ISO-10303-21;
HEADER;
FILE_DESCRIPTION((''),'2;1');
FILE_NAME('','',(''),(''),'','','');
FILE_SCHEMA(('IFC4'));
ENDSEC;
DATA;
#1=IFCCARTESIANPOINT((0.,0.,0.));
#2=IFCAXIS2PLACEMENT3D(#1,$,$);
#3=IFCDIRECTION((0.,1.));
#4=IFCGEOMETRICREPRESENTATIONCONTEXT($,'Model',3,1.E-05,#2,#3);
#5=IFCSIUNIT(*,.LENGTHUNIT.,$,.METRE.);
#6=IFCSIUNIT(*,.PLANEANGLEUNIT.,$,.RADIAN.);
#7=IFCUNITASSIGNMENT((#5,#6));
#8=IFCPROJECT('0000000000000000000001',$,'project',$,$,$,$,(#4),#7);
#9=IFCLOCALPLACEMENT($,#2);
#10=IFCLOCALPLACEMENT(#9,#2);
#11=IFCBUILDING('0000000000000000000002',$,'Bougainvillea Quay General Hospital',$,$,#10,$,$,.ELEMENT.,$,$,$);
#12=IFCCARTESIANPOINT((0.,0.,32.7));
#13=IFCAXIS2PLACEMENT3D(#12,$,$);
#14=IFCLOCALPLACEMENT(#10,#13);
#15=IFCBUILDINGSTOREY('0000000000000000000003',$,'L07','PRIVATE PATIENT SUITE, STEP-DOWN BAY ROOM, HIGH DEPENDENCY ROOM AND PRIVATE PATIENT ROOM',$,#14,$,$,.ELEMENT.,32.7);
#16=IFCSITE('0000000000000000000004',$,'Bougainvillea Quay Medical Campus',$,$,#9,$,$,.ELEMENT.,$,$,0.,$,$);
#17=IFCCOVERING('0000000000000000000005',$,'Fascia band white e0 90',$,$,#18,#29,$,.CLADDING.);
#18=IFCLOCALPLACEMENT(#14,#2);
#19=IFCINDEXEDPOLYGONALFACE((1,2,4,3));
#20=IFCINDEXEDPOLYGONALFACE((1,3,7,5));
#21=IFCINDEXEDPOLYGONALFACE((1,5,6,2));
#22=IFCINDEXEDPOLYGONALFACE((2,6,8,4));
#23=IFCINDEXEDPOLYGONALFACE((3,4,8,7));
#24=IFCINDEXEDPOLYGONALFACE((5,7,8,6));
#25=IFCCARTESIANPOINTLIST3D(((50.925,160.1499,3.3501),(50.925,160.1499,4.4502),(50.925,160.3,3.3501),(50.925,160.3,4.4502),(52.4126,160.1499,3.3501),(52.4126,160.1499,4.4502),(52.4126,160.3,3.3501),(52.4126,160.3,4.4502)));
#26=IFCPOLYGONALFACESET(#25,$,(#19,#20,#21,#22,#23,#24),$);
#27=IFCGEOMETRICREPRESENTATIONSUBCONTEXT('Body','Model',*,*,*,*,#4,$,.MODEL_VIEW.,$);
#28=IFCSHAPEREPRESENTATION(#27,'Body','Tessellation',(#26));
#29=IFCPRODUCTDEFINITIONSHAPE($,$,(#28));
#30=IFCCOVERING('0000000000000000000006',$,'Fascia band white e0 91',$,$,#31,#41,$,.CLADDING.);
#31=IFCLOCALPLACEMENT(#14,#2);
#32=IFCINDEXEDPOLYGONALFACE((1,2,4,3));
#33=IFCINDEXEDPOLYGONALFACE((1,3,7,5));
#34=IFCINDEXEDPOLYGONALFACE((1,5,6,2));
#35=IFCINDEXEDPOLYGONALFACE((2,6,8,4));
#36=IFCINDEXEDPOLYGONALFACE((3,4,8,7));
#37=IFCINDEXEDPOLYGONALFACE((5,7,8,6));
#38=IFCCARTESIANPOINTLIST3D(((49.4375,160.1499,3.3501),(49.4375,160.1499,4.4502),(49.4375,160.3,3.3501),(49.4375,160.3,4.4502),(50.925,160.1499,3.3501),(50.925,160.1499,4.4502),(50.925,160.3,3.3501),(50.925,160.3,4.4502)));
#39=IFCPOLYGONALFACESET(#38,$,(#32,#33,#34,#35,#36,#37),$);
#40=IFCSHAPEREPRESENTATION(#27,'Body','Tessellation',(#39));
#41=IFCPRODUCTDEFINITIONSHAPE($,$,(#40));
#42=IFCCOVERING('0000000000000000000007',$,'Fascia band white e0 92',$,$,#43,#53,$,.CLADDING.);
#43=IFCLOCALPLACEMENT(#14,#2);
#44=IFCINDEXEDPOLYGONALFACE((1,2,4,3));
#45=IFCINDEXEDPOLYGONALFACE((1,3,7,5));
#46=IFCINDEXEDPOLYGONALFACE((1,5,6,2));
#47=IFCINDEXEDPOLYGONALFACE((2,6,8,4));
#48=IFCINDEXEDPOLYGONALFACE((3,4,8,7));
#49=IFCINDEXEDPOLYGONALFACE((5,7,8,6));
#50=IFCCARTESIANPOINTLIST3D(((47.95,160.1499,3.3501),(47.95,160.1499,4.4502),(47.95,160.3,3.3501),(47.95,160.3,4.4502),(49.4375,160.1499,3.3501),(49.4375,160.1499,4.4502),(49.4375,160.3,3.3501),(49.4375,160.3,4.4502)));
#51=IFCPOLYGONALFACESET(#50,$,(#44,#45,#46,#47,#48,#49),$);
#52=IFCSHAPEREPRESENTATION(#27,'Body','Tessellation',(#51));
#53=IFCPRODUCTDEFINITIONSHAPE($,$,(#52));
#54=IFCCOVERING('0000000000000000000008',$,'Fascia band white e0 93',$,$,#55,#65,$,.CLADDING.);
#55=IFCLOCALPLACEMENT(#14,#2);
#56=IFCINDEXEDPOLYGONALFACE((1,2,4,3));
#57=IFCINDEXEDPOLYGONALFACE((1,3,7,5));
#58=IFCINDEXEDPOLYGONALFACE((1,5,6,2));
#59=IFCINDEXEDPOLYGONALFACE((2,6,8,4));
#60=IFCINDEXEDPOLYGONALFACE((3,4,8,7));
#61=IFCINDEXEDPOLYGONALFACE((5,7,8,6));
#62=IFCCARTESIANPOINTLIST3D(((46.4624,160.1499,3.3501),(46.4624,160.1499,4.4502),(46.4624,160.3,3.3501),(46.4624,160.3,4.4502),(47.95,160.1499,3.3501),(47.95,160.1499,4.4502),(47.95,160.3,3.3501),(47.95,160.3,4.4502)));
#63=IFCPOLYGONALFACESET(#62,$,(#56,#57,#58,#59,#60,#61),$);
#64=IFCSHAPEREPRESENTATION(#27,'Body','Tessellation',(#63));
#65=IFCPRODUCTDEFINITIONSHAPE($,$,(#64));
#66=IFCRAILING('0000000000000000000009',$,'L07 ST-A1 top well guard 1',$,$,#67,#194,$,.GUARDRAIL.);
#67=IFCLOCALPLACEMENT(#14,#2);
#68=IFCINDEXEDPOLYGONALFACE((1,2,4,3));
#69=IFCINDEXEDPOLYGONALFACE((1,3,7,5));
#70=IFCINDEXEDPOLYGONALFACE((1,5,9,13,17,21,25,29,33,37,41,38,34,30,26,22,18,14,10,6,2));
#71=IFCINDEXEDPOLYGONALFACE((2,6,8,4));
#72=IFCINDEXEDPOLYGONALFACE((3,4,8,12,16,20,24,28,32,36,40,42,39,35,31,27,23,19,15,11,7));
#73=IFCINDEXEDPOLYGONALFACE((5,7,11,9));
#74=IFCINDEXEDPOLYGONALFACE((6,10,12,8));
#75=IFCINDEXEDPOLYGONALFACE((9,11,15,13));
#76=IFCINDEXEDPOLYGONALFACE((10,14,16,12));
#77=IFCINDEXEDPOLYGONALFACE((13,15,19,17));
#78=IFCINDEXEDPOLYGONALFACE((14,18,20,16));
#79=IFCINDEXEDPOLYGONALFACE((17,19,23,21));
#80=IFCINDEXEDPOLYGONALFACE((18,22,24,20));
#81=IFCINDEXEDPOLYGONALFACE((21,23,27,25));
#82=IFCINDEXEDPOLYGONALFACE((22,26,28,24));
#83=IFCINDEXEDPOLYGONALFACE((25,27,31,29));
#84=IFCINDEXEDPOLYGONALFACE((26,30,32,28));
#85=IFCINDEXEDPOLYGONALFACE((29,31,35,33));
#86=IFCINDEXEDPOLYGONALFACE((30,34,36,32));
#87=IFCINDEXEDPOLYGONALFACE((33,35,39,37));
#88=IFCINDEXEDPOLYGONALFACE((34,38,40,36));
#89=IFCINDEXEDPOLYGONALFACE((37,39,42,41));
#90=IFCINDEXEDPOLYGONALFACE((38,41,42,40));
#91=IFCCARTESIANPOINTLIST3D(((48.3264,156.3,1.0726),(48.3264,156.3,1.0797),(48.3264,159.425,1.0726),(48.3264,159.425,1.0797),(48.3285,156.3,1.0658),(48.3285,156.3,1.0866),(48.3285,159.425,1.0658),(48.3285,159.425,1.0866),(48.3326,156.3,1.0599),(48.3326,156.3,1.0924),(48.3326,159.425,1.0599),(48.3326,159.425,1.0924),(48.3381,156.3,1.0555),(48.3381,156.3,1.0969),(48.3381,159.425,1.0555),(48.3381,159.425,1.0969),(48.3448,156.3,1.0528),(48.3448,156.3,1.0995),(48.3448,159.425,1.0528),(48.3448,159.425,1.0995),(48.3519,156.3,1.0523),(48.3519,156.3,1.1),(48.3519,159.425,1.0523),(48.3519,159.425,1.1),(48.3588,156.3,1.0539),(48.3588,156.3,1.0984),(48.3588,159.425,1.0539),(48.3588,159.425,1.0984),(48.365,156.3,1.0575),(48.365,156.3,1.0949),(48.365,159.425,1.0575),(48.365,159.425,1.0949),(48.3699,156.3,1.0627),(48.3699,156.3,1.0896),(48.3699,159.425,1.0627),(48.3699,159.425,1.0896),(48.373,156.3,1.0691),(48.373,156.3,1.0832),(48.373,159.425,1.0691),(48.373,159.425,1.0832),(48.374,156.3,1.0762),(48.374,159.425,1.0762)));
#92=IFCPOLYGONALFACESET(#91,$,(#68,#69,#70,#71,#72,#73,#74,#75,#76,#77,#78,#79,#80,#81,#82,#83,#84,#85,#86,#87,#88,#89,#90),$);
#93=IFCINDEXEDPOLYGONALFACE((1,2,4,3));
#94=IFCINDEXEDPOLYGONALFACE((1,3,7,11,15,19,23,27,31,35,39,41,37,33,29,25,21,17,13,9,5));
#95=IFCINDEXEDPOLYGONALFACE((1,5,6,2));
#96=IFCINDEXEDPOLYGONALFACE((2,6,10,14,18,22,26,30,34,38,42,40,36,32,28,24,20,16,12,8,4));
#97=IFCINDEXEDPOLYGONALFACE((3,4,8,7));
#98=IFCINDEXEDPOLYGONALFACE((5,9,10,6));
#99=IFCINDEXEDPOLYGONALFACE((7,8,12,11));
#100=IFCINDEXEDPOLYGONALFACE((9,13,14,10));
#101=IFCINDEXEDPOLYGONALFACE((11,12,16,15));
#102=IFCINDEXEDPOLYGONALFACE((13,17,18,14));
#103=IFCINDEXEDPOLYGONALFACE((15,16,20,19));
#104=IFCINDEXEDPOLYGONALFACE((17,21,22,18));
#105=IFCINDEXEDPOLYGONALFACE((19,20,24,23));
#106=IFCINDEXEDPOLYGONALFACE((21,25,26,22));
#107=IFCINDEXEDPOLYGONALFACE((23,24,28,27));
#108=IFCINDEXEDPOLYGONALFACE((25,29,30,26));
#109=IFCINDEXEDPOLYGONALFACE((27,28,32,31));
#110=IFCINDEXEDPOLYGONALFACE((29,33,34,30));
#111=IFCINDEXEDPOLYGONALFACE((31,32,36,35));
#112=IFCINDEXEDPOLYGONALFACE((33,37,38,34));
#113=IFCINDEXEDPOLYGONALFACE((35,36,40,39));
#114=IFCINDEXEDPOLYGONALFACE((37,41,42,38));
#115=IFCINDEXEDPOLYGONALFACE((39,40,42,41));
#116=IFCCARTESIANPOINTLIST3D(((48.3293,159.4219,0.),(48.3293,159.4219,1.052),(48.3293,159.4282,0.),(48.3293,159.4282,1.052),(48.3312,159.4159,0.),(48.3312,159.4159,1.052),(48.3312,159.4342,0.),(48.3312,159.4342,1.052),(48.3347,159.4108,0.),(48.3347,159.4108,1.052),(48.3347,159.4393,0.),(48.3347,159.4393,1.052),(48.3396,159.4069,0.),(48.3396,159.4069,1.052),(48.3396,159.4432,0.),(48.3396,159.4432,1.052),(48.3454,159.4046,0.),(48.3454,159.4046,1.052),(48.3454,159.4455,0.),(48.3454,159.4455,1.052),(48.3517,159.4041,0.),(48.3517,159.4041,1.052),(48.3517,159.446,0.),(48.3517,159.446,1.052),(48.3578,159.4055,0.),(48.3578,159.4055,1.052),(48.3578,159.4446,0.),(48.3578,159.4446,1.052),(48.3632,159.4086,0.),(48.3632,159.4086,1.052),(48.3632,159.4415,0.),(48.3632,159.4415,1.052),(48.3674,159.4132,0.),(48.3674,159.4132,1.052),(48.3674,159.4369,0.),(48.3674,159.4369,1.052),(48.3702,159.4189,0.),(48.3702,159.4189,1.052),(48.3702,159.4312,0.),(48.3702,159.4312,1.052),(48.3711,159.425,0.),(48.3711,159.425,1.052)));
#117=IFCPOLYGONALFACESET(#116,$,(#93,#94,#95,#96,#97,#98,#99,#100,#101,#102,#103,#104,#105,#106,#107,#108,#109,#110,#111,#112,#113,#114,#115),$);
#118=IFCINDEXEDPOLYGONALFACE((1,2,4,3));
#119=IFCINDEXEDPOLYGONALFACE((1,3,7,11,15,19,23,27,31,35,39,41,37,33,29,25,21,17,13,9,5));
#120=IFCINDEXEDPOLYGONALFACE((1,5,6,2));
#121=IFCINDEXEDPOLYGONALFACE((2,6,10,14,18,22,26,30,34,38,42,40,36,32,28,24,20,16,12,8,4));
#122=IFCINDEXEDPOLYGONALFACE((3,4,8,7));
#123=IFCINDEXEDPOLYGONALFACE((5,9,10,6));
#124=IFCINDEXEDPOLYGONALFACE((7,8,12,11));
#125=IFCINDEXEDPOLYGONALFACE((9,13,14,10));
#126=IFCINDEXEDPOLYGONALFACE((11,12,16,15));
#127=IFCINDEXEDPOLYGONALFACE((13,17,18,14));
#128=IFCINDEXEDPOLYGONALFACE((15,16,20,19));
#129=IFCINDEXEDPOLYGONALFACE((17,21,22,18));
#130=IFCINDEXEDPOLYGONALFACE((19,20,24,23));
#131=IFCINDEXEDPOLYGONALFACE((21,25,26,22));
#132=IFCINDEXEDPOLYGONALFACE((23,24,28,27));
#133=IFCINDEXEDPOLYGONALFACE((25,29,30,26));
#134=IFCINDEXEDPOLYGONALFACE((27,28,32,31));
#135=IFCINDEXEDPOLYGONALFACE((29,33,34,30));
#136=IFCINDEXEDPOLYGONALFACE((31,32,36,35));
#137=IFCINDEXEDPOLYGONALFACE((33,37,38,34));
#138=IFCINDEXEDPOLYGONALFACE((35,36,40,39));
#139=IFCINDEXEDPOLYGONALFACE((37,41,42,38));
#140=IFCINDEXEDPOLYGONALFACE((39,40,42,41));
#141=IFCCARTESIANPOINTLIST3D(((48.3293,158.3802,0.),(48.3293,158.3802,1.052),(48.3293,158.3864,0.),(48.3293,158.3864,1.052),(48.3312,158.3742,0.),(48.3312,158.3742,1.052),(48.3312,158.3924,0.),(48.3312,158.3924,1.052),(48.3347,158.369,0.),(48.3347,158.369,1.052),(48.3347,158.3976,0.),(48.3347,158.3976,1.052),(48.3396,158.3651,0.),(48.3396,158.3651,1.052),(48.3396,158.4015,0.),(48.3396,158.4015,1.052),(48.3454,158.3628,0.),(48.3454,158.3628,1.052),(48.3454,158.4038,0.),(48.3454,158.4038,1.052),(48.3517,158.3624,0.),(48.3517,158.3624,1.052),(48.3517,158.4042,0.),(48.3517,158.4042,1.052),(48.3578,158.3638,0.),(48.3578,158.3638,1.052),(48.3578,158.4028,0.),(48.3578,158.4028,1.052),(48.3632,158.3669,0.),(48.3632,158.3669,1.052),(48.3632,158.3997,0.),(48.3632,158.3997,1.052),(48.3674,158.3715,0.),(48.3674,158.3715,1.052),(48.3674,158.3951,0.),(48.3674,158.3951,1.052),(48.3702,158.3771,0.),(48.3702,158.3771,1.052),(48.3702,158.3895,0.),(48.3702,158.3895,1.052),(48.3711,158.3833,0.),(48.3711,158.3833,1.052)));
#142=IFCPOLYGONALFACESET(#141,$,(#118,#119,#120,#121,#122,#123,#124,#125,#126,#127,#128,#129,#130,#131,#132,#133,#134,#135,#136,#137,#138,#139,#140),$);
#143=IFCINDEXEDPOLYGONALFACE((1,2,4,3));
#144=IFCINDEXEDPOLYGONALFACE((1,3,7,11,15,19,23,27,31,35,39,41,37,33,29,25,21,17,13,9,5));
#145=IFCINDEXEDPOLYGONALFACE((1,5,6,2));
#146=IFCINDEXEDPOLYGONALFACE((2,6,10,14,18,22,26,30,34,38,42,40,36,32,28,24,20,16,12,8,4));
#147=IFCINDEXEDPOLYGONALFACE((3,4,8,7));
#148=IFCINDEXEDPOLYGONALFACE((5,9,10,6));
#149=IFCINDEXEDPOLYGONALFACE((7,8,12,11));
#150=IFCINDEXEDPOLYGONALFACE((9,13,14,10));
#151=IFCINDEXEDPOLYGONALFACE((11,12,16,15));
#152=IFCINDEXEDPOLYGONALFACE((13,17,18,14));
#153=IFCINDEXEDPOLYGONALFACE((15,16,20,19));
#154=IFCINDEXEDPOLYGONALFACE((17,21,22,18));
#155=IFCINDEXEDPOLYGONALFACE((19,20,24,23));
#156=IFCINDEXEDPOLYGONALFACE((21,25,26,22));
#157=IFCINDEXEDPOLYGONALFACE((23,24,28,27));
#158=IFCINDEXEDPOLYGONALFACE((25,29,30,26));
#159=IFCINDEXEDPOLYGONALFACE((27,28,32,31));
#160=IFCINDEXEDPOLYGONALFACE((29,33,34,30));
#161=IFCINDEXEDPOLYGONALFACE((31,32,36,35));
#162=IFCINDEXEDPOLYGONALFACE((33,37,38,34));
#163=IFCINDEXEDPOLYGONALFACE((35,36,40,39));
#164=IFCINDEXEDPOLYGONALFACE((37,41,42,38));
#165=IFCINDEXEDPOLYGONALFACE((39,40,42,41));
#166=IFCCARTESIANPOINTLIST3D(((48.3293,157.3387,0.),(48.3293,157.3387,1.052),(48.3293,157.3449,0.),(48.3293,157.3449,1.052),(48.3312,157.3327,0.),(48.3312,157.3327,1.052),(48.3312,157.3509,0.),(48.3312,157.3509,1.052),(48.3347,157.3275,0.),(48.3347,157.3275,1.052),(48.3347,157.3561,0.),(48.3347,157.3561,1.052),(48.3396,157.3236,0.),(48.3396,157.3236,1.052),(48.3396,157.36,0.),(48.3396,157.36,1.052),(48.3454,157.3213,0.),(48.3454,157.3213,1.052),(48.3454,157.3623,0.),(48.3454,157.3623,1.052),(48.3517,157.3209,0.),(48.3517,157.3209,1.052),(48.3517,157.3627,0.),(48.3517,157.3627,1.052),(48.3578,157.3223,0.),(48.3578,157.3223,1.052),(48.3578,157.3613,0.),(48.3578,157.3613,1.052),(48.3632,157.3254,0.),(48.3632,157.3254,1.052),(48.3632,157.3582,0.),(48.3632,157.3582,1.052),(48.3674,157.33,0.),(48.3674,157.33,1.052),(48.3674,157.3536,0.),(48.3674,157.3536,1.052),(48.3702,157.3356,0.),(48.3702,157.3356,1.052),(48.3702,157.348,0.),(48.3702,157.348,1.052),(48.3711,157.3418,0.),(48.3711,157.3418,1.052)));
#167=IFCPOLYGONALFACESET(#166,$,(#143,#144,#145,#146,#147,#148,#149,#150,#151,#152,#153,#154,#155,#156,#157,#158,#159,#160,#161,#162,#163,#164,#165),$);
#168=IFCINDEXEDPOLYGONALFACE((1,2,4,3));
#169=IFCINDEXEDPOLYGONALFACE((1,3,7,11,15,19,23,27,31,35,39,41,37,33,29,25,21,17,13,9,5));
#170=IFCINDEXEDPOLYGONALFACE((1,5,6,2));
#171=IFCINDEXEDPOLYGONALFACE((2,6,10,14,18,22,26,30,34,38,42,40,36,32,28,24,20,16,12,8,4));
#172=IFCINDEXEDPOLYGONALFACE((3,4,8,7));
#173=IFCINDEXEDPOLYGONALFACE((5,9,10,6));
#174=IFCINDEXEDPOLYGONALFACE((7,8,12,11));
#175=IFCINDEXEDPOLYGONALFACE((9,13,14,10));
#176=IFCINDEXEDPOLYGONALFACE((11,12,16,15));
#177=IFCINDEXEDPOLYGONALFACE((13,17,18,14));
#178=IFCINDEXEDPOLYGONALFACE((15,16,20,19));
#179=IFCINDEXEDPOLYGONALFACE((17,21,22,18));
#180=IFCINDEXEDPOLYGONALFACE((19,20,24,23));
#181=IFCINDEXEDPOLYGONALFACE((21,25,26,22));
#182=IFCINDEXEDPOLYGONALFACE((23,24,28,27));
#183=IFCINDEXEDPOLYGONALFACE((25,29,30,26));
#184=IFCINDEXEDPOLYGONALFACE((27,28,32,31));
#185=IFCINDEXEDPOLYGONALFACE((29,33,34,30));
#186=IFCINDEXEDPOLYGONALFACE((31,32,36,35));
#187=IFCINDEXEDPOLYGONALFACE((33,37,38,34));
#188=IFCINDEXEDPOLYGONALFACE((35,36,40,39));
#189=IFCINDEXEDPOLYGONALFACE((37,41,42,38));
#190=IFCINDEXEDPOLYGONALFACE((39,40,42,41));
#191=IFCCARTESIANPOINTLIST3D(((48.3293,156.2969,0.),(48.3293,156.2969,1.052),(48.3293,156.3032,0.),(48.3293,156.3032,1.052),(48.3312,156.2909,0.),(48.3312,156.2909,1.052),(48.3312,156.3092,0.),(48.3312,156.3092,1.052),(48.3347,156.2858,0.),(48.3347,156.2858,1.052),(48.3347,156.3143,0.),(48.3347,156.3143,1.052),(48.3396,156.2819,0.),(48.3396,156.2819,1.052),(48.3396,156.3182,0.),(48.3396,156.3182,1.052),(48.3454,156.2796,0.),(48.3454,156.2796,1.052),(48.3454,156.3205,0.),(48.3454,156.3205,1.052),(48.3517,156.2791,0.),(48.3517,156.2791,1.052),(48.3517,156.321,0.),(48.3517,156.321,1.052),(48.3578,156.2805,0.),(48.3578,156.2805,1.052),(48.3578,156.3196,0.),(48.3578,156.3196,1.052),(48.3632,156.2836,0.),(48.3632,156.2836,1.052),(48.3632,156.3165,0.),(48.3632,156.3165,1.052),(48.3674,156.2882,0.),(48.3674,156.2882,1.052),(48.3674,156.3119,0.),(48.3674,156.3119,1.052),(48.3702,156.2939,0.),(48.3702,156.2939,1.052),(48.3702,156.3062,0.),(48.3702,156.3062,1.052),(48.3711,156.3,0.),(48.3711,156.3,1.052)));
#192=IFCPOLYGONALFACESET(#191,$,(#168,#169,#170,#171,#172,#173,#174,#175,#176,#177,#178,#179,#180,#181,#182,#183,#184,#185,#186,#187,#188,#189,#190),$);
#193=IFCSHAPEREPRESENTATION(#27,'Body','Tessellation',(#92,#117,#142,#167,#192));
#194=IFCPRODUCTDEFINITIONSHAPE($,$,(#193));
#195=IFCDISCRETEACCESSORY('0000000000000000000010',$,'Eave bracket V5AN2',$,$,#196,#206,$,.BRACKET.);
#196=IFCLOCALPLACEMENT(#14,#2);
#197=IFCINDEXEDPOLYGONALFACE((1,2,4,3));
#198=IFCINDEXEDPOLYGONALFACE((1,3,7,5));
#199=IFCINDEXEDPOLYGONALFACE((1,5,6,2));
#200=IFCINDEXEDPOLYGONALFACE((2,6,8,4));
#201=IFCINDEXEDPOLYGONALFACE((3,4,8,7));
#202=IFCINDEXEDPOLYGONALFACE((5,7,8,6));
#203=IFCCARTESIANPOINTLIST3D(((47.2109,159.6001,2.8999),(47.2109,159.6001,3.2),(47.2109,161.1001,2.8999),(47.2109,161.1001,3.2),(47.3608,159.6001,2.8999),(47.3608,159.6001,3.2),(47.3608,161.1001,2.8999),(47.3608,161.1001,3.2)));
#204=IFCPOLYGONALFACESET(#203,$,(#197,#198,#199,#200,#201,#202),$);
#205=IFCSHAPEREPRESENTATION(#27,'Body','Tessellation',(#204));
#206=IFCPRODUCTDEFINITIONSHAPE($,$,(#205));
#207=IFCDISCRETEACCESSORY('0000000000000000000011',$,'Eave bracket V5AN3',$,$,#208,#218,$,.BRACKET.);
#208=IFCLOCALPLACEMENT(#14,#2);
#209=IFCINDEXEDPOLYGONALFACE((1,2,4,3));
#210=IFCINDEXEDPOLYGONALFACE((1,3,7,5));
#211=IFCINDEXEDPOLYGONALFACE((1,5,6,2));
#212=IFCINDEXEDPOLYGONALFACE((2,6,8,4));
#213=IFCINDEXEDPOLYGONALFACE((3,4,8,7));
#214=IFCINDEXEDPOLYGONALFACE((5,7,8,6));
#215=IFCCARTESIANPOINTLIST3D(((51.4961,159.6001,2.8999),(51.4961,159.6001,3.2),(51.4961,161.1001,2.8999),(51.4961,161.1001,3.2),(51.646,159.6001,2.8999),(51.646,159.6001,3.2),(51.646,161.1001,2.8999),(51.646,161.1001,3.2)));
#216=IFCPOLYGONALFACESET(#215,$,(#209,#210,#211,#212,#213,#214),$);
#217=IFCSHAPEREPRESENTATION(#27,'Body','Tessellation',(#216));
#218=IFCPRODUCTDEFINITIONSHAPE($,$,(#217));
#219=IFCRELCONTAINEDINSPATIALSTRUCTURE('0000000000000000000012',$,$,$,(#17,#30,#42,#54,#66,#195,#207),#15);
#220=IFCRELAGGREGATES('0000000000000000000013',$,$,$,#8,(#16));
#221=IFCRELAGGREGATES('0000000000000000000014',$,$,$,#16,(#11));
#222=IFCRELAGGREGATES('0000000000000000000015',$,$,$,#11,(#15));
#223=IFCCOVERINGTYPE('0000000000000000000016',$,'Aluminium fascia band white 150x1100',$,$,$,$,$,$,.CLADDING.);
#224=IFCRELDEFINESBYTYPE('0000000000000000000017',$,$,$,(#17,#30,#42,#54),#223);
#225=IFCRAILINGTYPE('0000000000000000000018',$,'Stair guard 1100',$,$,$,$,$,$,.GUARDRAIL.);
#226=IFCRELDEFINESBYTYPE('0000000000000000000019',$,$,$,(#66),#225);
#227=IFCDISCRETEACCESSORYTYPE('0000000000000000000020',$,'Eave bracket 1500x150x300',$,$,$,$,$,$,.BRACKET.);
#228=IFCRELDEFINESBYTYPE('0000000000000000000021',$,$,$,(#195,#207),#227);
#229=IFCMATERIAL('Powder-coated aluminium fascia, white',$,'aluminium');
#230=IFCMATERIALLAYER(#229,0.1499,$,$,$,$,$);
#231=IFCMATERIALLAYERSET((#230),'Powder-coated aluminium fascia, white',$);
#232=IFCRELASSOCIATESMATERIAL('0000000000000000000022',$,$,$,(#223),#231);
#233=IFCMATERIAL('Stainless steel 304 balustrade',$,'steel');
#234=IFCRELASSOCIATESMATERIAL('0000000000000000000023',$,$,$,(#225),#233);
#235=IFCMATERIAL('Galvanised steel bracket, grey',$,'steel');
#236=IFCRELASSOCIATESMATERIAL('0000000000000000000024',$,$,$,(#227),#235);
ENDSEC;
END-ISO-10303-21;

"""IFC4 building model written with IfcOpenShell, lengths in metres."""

from ifc_helpers import new_model, si_unit, direction, frame, origin, origin_2d, place, context, subcontext, project, spatial, polyline, rectangle, circle, outline, extrude, material, layer, layer_set, type_object, element, save


model = new_model("IFC4")

# Units and contexts
model_context = context("Model", 3, precision=1e-05, world=origin(), true_north=direction((0.0, 1.0)))
body_context = subcontext(model_context, "Body", "Model", "MODEL_VIEW")
ifc_project = project(units=[si_unit("LENGTHUNIT", "METRE"), si_unit("PLANEANGLEUNIT", "RADIAN")], contexts=[model_context])

# Site, building, storey
site_placement = place(None, origin())
site = spatial("IfcSite", under=ifc_project, at=site_placement, Name="Bougainvillea Quay Medical Campus", CompositionType="ELEMENT", RefElevation=0.0)
building_placement = place(site_placement, origin())
building = spatial("IfcBuilding", under=site, at=building_placement, Name="Bougainvillea Quay General Hospital", CompositionType="ELEMENT")
storey_placement = place(building_placement, frame((0.0, 0.0, 32.7)))
storey = spatial("IfcBuildingStorey", under=building, at=storey_placement, Name="L07", Description="PRIVATE PATIENT SUITE, STEP-DOWN BAY ROOM, HIGH DEPENDENCY ROOM AND PRIVATE PATIENT ROOM", CompositionType="ELEMENT", Elevation=32.7)

# Coverings
ifc_material_1 = material(Name="Powder-coated aluminium fascia, white", Category="aluminium")
ifc_layer_1 = layer(ifc_material_1, 0.1499)
ifc_layer_set_1 = layer_set([ifc_layer_1], Name="Powder-coated aluminium fascia, white")
covering_type = type_object("IfcCoveringType", Name="Aluminium fascia band white 150x1100", PredefinedType="CLADDING", material=ifc_layer_set_1)
for number, where, z_axis, x_axis, name in (
    (1, (52.4126, 160.1499, 3.3501), (0.0, 0.0, 1.0), (-1.0, 0.0, 0.0), "Fascia band white e0 90"),
    (2, (50.925, 160.1499, 3.3501), (0.0, 0.0, 1.0), (-1.0, 0.0, 0.0), "Fascia band white e0 91"),
    (3, (49.4375, 160.1499, 3.3501), (0.0, 0.0, 1.0), (-1.0, 0.0, 0.0), "Fascia band white e0 92"),
    (4, (47.95, 160.1499, 3.3501), (0.0, 0.0, 1.0), (-1.0, 0.0, 0.0), "Fascia band white e0 93"),
):
    element("IfcCovering", number, at=place(storey_placement, frame(where, z_axis=z_axis, x_axis=x_axis)), inside=storey, type_object=covering_type, Name=name, PredefinedType="CLADDING", context=body_context, shape_type="SweptSolid", body=[
        extrude(outline(polyline([(0.0, 0.0), (1.4875, 0.0), (1.4875, -0.1501), (0.0, -0.1501), (0.0, 0.0)])), origin(), (0.0, 0.0, 1.0), 1.1001),
    ])

# Railing
ifc_material_2 = material(Name="Stainless steel 304 balustrade", Category="steel")
railing_type = type_object("IfcRailingType", Name="Stair guard 1100", PredefinedType="GUARDRAIL", material=ifc_material_2)
railing_placement = place(storey_placement, frame((48.3501, 159.425, 0.0)))
element("IfcRailing", 5, at=railing_placement, inside=storey, type_object=railing_type, Name="L07 ST-A1 top well guard 1", PredefinedType="GUARDRAIL", context=body_context, shape_type="SweptSolid", body=[
    extrude(circle(Radius=0.0239, at=origin_2d()), frame((0.0, 0.0, 1.0762), z_axis=(0.0, -1.0, 0.0), x_axis=(1.0, 0.0, 0.0)), (0.0, 0.0, 1.0), 3.125),
    extrude(circle(Radius=0.021, at=origin_2d()), origin(), (0.0, 0.0, 1.0), 1.052),
    extrude(circle(Radius=0.021, at=origin_2d()), frame((0.0, -1.0417, 0.0)), (0.0, 0.0, 1.0), 1.052),
    extrude(circle(Radius=0.021, at=origin_2d()), frame((0.0, -2.0833, 0.0)), (0.0, 0.0, 1.0), 1.052),
    extrude(circle(Radius=0.021, at=origin_2d()), frame((0.0, -3.125, 0.0)), (0.0, 0.0, 1.0), 1.052),
])

# Discrete accessories
ifc_material_3 = material(Name="Galvanised steel bracket, grey", Category="steel")
discrete_accessory_type_1 = type_object("IfcDiscreteAccessoryType", Name="Eave bracket 1500x150x300", PredefinedType="BRACKET", material=ifc_material_3)
for number, where, z_axis, x_axis, name in (
    (6, (47.2859, 160.3501, 2.8999), (0.0, 0.0, 1.0), (1.0, 0.0, 0.0), "Eave bracket V5AN2"),
    (7, (51.571, 160.3501, 2.8999), (0.0, 0.0, 1.0), (1.0, 0.0, 0.0), "Eave bracket V5AN3"),
):
    element("IfcDiscreteAccessory", number, at=place(storey_placement, frame(where, z_axis=z_axis, x_axis=x_axis)), inside=storey, type_object=discrete_accessory_type_1, Name=name, PredefinedType="BRACKET", context=body_context, shape_type="SweptSolid", body=[
        extrude(rectangle(XDim=0.1499, YDim=1.5, at=origin_2d()), origin(), (0.0, 0.0, 1.0), 0.3),
    ])

save(model, "model.ifc")
